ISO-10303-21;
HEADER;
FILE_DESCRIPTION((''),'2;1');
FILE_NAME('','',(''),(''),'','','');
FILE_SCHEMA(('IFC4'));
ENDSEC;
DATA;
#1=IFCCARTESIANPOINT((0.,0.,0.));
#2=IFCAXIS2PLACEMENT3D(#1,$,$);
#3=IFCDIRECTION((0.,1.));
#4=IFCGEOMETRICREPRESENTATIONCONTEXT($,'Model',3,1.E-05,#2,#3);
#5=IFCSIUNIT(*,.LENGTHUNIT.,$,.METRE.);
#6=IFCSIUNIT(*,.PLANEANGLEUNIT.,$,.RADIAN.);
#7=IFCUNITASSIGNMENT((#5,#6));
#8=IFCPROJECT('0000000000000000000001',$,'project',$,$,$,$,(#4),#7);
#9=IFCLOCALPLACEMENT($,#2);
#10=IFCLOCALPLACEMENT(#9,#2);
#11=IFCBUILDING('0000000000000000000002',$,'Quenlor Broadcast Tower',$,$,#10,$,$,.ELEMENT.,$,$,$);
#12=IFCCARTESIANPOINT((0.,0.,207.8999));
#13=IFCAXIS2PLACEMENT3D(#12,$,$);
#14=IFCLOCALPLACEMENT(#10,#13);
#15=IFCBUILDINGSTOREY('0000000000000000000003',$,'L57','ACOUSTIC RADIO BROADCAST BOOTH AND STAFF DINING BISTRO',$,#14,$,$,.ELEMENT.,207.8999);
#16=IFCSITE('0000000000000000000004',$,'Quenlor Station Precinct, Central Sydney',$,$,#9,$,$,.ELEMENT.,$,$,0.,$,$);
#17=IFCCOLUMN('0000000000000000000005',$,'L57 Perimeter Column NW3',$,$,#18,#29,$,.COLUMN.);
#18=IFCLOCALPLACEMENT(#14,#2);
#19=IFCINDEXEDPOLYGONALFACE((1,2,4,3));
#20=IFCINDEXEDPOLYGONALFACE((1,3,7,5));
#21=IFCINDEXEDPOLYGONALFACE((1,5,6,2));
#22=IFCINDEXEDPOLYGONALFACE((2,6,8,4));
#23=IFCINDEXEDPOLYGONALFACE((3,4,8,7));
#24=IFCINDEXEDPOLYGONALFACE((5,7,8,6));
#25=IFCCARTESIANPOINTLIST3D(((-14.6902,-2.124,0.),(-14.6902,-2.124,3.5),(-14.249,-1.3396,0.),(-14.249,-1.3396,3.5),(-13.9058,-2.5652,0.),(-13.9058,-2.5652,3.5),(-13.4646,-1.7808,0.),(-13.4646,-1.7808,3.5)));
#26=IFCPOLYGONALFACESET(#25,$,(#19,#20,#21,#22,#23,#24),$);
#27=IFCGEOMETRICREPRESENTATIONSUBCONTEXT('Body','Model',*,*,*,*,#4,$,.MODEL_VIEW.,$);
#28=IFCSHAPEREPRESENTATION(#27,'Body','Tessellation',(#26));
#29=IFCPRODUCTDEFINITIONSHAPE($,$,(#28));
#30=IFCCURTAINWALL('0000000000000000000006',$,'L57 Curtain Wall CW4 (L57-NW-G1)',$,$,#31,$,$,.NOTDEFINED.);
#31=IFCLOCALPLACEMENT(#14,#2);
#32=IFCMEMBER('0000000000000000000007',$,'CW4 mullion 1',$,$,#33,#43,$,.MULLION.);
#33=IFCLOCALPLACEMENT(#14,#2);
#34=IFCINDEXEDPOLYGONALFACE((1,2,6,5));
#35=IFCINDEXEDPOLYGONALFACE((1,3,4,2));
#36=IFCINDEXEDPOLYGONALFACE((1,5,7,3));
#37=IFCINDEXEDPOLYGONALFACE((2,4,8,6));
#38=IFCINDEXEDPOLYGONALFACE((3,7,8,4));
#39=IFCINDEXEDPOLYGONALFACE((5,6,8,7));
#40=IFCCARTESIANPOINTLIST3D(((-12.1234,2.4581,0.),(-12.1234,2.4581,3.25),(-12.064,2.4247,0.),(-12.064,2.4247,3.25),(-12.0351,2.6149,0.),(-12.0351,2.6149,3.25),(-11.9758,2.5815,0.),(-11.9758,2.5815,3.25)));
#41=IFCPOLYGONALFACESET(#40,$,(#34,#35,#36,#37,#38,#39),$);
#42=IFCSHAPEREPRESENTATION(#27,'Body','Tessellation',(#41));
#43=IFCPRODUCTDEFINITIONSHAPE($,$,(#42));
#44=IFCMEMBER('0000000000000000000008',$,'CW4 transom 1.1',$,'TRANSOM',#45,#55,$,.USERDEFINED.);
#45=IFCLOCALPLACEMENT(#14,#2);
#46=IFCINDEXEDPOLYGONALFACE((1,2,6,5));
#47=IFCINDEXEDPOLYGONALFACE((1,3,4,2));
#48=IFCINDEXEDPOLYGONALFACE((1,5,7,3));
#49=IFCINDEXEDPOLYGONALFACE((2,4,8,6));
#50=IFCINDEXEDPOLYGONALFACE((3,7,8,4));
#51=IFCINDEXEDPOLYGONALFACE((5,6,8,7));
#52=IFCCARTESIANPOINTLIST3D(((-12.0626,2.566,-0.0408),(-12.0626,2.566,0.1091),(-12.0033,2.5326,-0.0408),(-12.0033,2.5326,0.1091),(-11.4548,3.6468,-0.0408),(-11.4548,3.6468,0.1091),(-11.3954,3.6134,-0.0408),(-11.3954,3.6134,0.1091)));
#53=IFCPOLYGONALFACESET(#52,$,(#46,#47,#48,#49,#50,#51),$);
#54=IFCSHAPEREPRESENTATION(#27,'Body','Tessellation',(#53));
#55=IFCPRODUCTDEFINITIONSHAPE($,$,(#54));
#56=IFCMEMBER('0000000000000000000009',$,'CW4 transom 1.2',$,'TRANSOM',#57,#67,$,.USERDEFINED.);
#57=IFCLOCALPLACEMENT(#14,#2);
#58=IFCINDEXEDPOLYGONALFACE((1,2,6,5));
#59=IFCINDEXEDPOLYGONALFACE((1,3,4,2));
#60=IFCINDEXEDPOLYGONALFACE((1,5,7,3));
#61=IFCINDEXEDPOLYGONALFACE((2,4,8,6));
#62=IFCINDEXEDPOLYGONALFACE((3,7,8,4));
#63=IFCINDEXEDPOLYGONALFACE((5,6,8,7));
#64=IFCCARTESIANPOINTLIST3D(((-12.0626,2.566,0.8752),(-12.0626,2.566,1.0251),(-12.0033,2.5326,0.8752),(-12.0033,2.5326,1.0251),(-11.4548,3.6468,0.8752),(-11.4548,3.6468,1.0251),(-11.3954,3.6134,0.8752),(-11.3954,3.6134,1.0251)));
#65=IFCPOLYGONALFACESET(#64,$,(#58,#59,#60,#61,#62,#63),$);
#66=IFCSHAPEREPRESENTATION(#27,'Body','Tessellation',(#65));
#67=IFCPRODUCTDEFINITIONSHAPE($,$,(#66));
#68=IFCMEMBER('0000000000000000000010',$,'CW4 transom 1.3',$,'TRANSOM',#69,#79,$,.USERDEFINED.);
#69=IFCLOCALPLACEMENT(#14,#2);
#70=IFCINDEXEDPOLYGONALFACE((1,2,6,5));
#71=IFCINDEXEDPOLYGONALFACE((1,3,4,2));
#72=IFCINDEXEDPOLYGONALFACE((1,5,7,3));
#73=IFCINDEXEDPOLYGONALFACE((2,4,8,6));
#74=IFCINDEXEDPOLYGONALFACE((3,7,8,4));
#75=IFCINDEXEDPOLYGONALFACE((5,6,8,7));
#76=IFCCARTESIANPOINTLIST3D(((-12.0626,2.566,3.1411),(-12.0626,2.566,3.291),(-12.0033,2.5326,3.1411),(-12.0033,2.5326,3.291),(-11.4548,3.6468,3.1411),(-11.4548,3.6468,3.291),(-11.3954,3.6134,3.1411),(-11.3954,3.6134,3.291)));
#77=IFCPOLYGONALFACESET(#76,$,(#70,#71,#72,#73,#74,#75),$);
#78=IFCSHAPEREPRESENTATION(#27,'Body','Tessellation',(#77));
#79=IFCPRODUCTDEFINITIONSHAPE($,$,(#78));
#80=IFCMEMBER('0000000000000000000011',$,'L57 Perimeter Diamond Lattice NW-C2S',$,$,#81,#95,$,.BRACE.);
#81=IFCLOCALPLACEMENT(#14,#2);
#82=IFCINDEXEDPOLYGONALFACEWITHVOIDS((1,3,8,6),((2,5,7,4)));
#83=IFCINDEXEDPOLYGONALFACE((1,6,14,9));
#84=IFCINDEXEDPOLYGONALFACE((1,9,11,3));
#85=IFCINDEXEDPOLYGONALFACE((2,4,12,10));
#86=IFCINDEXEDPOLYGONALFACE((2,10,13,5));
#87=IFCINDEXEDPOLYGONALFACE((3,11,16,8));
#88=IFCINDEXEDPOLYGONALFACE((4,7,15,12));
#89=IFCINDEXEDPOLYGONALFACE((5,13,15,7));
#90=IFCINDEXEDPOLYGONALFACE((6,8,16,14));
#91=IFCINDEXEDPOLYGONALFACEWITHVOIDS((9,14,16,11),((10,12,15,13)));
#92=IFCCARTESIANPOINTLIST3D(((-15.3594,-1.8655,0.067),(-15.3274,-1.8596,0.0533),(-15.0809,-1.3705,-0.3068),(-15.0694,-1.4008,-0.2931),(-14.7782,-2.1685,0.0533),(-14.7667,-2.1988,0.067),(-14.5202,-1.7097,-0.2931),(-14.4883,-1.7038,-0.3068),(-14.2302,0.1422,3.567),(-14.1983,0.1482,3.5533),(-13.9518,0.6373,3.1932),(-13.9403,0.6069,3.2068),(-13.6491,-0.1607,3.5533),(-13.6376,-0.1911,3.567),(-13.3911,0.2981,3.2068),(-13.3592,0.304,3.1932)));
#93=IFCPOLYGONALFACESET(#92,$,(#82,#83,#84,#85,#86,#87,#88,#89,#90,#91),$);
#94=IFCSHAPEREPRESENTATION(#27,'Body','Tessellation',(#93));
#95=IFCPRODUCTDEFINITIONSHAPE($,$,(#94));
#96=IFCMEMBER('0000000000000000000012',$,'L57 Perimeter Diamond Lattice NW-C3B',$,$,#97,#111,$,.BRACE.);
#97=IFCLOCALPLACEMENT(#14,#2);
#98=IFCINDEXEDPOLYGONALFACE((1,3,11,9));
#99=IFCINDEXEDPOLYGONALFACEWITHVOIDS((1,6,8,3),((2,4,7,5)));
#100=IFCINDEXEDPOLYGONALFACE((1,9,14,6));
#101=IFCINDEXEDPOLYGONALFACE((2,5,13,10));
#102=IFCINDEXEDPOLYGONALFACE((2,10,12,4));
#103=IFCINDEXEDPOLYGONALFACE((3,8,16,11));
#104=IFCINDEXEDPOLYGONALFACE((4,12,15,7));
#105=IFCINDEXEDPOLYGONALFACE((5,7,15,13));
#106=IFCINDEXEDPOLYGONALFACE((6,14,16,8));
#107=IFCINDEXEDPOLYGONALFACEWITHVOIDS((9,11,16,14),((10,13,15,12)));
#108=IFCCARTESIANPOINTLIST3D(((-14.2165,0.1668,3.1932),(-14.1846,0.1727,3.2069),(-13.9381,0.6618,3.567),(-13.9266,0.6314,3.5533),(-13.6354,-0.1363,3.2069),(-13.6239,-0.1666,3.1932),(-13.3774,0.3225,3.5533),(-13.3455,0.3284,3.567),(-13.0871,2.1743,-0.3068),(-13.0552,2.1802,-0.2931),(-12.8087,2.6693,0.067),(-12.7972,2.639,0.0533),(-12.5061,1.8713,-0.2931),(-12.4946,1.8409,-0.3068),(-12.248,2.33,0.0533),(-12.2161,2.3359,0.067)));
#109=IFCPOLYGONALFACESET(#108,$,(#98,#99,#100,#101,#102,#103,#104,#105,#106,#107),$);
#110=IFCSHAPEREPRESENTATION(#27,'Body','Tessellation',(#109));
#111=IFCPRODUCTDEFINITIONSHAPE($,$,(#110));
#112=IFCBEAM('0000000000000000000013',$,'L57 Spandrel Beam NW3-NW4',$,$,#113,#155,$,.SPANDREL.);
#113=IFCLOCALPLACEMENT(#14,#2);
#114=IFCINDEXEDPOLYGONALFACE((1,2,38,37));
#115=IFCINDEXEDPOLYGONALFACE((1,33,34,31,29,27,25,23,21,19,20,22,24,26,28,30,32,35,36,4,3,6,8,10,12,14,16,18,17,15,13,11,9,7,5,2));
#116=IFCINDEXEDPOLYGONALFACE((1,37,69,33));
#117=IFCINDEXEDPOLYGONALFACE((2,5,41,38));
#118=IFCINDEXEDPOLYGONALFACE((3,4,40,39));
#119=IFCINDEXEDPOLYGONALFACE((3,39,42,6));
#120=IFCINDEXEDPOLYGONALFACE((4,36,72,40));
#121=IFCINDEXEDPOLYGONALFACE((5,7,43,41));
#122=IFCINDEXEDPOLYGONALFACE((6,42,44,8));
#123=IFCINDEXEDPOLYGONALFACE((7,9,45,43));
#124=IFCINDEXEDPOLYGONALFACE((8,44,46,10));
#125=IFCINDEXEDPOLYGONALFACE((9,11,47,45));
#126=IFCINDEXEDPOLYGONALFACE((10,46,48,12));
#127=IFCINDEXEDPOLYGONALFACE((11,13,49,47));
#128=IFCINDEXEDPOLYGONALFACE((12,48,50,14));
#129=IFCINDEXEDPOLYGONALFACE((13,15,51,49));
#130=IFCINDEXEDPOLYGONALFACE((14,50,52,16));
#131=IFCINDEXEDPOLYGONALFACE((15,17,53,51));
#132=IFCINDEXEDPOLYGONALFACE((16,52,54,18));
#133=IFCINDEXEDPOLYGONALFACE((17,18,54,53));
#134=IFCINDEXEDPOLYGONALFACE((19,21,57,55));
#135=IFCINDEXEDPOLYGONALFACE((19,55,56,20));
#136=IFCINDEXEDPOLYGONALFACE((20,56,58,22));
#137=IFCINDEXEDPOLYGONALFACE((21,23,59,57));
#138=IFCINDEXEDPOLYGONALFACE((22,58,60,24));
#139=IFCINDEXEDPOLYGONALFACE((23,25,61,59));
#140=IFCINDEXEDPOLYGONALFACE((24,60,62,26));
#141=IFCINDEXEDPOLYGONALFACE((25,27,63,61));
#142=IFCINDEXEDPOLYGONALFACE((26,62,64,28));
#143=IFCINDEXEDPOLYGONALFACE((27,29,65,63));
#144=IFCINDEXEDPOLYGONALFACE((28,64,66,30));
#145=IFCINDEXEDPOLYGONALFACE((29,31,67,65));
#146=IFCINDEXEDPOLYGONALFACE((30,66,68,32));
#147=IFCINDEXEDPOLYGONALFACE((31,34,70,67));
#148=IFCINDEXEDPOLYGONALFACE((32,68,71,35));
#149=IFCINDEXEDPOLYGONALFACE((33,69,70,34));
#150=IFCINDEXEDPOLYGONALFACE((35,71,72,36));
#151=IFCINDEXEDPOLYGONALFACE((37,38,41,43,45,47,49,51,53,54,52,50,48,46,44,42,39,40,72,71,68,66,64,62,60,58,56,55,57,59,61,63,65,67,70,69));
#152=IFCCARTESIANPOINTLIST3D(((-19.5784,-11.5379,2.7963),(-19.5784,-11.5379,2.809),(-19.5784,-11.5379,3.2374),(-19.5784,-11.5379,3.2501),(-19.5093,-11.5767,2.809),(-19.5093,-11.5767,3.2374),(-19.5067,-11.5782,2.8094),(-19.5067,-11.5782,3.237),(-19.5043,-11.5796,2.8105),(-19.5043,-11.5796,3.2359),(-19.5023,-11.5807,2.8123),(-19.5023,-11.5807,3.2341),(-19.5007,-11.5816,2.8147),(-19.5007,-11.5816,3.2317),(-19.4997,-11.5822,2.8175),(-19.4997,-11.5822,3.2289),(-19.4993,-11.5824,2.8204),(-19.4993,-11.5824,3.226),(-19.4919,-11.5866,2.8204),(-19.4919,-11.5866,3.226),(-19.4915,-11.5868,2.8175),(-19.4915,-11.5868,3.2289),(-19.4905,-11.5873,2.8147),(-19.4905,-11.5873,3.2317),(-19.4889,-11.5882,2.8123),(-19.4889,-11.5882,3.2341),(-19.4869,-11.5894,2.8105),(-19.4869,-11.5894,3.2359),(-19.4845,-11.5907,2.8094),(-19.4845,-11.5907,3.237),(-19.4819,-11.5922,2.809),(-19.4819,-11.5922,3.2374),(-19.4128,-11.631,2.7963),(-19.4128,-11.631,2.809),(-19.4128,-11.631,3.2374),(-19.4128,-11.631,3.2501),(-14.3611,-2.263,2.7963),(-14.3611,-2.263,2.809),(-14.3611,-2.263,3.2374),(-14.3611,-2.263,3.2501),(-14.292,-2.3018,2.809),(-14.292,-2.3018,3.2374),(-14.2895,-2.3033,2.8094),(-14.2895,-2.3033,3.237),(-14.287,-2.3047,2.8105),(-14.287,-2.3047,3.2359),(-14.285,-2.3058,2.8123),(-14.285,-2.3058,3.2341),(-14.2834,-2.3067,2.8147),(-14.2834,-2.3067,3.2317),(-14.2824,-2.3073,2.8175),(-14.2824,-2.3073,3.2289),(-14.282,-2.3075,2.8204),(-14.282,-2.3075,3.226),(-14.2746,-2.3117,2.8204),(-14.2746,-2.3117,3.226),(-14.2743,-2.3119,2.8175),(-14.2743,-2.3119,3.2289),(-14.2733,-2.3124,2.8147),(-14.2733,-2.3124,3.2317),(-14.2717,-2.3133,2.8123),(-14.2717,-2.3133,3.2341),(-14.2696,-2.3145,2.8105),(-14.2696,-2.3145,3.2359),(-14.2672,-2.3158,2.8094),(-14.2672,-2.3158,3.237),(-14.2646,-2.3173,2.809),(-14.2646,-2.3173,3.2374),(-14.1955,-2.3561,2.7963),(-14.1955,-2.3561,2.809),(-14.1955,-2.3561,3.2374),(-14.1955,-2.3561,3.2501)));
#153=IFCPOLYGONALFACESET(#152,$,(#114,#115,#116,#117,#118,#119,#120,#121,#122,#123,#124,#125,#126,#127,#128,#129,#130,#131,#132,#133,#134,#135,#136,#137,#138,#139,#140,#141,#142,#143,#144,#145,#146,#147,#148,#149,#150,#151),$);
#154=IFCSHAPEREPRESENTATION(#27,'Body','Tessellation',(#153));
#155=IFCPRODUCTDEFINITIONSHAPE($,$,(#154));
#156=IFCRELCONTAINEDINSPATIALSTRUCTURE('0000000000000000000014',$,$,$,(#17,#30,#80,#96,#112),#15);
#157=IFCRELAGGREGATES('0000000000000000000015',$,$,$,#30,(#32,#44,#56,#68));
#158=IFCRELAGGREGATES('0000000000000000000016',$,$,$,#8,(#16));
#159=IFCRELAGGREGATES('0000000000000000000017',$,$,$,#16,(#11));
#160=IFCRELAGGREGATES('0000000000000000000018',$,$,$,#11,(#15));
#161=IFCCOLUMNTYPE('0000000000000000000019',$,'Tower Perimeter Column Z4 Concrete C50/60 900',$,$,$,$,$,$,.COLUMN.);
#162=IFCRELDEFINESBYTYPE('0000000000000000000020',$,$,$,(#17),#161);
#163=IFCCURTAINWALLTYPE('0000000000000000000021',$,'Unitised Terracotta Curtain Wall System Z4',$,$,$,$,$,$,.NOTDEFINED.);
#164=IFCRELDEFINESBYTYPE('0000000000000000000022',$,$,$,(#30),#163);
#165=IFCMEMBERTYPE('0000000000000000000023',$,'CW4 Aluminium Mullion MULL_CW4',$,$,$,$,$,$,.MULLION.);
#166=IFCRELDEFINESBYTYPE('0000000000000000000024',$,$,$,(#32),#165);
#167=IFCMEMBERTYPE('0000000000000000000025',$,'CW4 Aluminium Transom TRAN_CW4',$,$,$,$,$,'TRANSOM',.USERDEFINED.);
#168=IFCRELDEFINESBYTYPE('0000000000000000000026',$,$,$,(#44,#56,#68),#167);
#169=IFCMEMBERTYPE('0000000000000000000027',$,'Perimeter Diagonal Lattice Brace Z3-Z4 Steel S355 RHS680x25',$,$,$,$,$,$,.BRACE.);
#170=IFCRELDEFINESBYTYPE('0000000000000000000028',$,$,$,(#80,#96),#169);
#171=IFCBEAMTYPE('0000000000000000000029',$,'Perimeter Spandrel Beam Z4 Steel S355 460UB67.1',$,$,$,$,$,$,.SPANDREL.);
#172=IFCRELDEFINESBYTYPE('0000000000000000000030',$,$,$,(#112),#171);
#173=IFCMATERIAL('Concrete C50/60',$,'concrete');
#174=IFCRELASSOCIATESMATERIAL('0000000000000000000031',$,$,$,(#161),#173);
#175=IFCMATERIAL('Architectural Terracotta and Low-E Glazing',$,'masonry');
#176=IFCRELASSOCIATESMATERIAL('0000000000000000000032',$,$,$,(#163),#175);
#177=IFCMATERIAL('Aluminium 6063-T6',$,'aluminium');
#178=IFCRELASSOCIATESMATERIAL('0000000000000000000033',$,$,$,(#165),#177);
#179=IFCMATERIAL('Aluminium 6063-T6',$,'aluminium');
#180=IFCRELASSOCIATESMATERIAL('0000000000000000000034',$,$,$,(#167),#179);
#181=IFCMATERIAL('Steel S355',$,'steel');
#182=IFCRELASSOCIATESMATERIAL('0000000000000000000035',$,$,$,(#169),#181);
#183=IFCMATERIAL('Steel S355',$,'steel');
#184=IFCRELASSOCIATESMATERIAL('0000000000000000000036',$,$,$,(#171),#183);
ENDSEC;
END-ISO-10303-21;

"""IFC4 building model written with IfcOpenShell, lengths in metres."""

from ifc_helpers import new_model, si_unit, direction, frame, origin, origin_2d, place, context, subcontext, project, spatial, rectangle, hollow_rectangle, i_section, extrude, material, material_profile, profile_set, type_object, element, aggregate, save


model = new_model("IFC4")

# Units and contexts
model_context = context("Model", 3, precision=1e-05, world=origin(), true_north=direction((0.0, 1.0)))
body_context = subcontext(model_context, "Body", "Model", "MODEL_VIEW")
ifc_project = project(units=[si_unit("LENGTHUNIT", "METRE"), si_unit("PLANEANGLEUNIT", "RADIAN")], contexts=[model_context])

# Site, building, storey
site_placement = place(None, origin())
site = spatial("IfcSite", under=ifc_project, at=site_placement, Name="Quenlor Station Precinct, Central Sydney", CompositionType="ELEMENT", RefElevation=0.0)
building_placement = place(site_placement, origin())
building = spatial("IfcBuilding", under=site, at=building_placement, Name="Quenlor Broadcast Tower", CompositionType="ELEMENT")
storey_placement = place(building_placement, frame((0.0, 0.0, 207.8999)))
storey = spatial("IfcBuildingStorey", under=building, at=storey_placement, Name="L57", Description="ACOUSTIC RADIO BROADCAST BOOTH AND STAFF DINING BISTRO", CompositionType="ELEMENT", Elevation=207.8999)

# Column
ifc_material_1 = material(Name="Concrete C50/60", Category="concrete")
ifc_material_profile_1 = material_profile(ifc_material_1, rectangle(XDim=0.8999, YDim=0.8999, at=origin_2d()))
ifc_profile_set_1 = profile_set([ifc_material_profile_1], Name="Concrete C50/60 RC900x900")
column_type = type_object("IfcColumnType", Name="Tower Perimeter Column Z4 Concrete C50/60 900", PredefinedType="COLUMN", material=ifc_profile_set_1)
column_placement = place(storey_placement, frame((-14.0774, -1.9524, 0.0), z_axis=(0.0, 0.0, 1.0), x_axis=(-0.871575, 0.490262, 0.0)))
element("IfcColumn", 1, at=column_placement, inside=storey, type_object=column_type, Name="L57 Perimeter Column NW3", PredefinedType="COLUMN", context=body_context, shape_type="SweptSolid", body=[
    extrude(rectangle(XDim=0.8999, YDim=0.8999, at=origin_2d()), origin(), (0.0, 0.0, 1.0), 3.5),
])

# Curtain wall, members
ifc_material_2 = material(Name="Architectural Terracotta and Low-E Glazing", Category="masonry")
curtain_wall_type = type_object("IfcCurtainWallType", Name="Unitised Terracotta Curtain Wall System Z4", PredefinedType="NOTDEFINED", material=ifc_material_2)
curtain_wall_placement = place(storey_placement, origin())
curtain_wall = element("IfcCurtainWall", 2, at=curtain_wall_placement, inside=storey, type_object=curtain_wall_type, Name="L57 Curtain Wall CW4 (L57-NW-G1)", PredefinedType="NOTDEFINED")
ifc_material_3 = material(Name="Aluminium 6063-T6", Category="aluminium")
ifc_material_profile_2 = material_profile(ifc_material_3, rectangle(XDim=0.0681, YDim=0.1799, at=origin_2d()))
ifc_profile_set_2 = profile_set([ifc_material_profile_2], Name="Aluminium 6063-T6 MULL68x180")
member_type_1 = type_object("IfcMemberType", Name="CW4 Aluminium Mullion MULL_CW4", PredefinedType="MULLION", material=ifc_profile_set_2)
member_1_placement = place(storey_placement, frame((-12.0496, 2.5198, 0.0), z_axis=(0.0, 0.0, 1.0), x_axis=(-0.87156, 0.490289, 0.0)))
member_1 = element("IfcMember", 3, at=member_1_placement, type_object=member_type_1, Name="CW4 mullion 1", PredefinedType="MULLION", context=body_context, shape_type="SweptSolid", body=[
    extrude(rectangle(XDim=0.0681, YDim=0.1799, at=origin_2d()), origin(), (0.0, 0.0, 1.0), 3.25),
])
ifc_material_4 = material(Name="Aluminium 6063-T6", Category="aluminium")
ifc_material_profile_3 = material_profile(ifc_material_4, rectangle(XDim=0.0681, YDim=0.1499, at=origin_2d()))
ifc_profile_set_3 = profile_set([ifc_material_profile_3], Name="Aluminium 6063-T6 TRAN68x150")
member_type_2 = type_object("IfcMemberType", Name="CW4 Aluminium Transom TRAN_CW4", ElementType="TRANSOM", PredefinedType="USERDEFINED", material=ifc_profile_set_3)
member_2_placement = place(storey_placement, frame((-12.033, 2.5493, 0.0342), z_axis=(0.490233, 0.871591, 0.0), x_axis=(-0.871591, 0.490233, 0.0)))
member_2 = element("IfcMember", 4, at=member_2_placement, type_object=member_type_2, Name="CW4 transom 1.1", ObjectType="TRANSOM", PredefinedType="USERDEFINED", context=body_context, shape_type="SweptSolid", body=[
    extrude(rectangle(XDim=0.0681, YDim=0.1499, at=origin_2d()), origin(), (0.0, 0.0, 1.0), 1.24),
])
member_3_placement = place(storey_placement, frame((-12.033, 2.5493, 0.9502), z_axis=(0.490233, 0.871591, 0.0), x_axis=(-0.871591, 0.490233, 0.0)))
member_3 = element("IfcMember", 5, at=member_3_placement, type_object=member_type_2, Name="CW4 transom 1.2", ObjectType="TRANSOM", PredefinedType="USERDEFINED", context=body_context, shape_type="SweptSolid", body=[
    extrude(rectangle(XDim=0.0681, YDim=0.1499, at=origin_2d()), origin(), (0.0, 0.0, 1.0), 1.24),
])
member_4_placement = place(storey_placement, frame((-12.033, 2.5493, 3.2161), z_axis=(0.490233, 0.871591, 0.0), x_axis=(-0.871591, 0.490233, 0.0)))
member_4 = element("IfcMember", 6, at=member_4_placement, type_object=member_type_2, Name="CW4 transom 1.3", ObjectType="TRANSOM", PredefinedType="USERDEFINED", context=body_context, shape_type="SweptSolid", body=[
    extrude(rectangle(XDim=0.0681, YDim=0.1499, at=origin_2d()), origin(), (0.0, 0.0, 1.0), 1.24),
])

# Members
ifc_material_5 = material(Name="Steel S355", Category="steel")
ifc_material_profile_4 = material_profile(ifc_material_5, hollow_rectangle(XDim=0.6799, YDim=0.6799, WallThickness=0.0249, at=origin_2d()))
ifc_profile_set_4 = profile_set([ifc_material_profile_4], Name="Steel S355 RHS680x680x25")
member_type_3 = type_object("IfcMemberType", Name="Perimeter Diagonal Lattice Brace Z3-Z4 Steel S355 RHS680x25", PredefinedType="BRACE", material=ifc_profile_set_4)
for number, where, z_axis, x_axis, name in (
    (7, (-14.9238, -1.7847, -0.1199), (0.269485, 0.479189, 0.835318), (-0.871621, 0.490181, 0.0), "L57 Perimeter Diamond Lattice NW-C2S"),
    (8, (-12.6516, 2.2551, -0.1199), (-0.269547, -0.479136, 0.835328), (0.87155, -0.490307, 0.0), "L57 Perimeter Diamond Lattice NW-C3B"),
):
    element("IfcMember", number, at=place(storey_placement, frame(where, z_axis=z_axis, x_axis=x_axis)), inside=storey, type_object=member_type_3, Name=name, PredefinedType="BRACE", context=body_context, shape_type="SweptSolid", body=[
        extrude(hollow_rectangle(XDim=0.6799, YDim=0.6799, WallThickness=0.0249, at=origin_2d()), origin(), (0.0, 0.0, 1.0), 4.1899),
    ])

# Beam
ifc_material_6 = material(Name="Steel S355", Category="steel")
ifc_material_profile_5 = material_profile(ifc_material_6, i_section(OverallWidth=0.1899, OverallDepth=0.4539, WebThickness=0.0085, FlangeThickness=0.0127, FilletRadius=0.0115, at=origin_2d()))
ifc_profile_set_5 = profile_set([ifc_material_profile_5], Name="Steel S355 460UB67.1")
beam_type_1 = type_object("IfcBeamType", Name="Perimeter Spandrel Beam Z4 Steel S355 460UB67.1", PredefinedType="SPANDREL", material=ifc_profile_set_5)
beam_1_placement = place(storey_placement, frame((-14.2783, -2.3096, 3.0232), z_axis=(-0.490272, -0.871569, 0.0), x_axis=(0.871569, -0.490272, 0.0)))
element("IfcBeam", 9, at=beam_1_placement, inside=storey, type_object=beam_type_1, Name="L57 Spandrel Beam NW3-NW4", PredefinedType="SPANDREL", context=body_context, shape_type="SweptSolid", body=[
    extrude(i_section(OverallWidth=0.1899, OverallDepth=0.4539, WebThickness=0.0085, FlangeThickness=0.0127, FilletRadius=0.0115, at=origin_2d()), origin(), (0.0, 0.0, 1.0), 10.6416),
])

aggregate(curtain_wall, [member_1, member_2, member_3, member_4])

save(model, "model.ifc")
